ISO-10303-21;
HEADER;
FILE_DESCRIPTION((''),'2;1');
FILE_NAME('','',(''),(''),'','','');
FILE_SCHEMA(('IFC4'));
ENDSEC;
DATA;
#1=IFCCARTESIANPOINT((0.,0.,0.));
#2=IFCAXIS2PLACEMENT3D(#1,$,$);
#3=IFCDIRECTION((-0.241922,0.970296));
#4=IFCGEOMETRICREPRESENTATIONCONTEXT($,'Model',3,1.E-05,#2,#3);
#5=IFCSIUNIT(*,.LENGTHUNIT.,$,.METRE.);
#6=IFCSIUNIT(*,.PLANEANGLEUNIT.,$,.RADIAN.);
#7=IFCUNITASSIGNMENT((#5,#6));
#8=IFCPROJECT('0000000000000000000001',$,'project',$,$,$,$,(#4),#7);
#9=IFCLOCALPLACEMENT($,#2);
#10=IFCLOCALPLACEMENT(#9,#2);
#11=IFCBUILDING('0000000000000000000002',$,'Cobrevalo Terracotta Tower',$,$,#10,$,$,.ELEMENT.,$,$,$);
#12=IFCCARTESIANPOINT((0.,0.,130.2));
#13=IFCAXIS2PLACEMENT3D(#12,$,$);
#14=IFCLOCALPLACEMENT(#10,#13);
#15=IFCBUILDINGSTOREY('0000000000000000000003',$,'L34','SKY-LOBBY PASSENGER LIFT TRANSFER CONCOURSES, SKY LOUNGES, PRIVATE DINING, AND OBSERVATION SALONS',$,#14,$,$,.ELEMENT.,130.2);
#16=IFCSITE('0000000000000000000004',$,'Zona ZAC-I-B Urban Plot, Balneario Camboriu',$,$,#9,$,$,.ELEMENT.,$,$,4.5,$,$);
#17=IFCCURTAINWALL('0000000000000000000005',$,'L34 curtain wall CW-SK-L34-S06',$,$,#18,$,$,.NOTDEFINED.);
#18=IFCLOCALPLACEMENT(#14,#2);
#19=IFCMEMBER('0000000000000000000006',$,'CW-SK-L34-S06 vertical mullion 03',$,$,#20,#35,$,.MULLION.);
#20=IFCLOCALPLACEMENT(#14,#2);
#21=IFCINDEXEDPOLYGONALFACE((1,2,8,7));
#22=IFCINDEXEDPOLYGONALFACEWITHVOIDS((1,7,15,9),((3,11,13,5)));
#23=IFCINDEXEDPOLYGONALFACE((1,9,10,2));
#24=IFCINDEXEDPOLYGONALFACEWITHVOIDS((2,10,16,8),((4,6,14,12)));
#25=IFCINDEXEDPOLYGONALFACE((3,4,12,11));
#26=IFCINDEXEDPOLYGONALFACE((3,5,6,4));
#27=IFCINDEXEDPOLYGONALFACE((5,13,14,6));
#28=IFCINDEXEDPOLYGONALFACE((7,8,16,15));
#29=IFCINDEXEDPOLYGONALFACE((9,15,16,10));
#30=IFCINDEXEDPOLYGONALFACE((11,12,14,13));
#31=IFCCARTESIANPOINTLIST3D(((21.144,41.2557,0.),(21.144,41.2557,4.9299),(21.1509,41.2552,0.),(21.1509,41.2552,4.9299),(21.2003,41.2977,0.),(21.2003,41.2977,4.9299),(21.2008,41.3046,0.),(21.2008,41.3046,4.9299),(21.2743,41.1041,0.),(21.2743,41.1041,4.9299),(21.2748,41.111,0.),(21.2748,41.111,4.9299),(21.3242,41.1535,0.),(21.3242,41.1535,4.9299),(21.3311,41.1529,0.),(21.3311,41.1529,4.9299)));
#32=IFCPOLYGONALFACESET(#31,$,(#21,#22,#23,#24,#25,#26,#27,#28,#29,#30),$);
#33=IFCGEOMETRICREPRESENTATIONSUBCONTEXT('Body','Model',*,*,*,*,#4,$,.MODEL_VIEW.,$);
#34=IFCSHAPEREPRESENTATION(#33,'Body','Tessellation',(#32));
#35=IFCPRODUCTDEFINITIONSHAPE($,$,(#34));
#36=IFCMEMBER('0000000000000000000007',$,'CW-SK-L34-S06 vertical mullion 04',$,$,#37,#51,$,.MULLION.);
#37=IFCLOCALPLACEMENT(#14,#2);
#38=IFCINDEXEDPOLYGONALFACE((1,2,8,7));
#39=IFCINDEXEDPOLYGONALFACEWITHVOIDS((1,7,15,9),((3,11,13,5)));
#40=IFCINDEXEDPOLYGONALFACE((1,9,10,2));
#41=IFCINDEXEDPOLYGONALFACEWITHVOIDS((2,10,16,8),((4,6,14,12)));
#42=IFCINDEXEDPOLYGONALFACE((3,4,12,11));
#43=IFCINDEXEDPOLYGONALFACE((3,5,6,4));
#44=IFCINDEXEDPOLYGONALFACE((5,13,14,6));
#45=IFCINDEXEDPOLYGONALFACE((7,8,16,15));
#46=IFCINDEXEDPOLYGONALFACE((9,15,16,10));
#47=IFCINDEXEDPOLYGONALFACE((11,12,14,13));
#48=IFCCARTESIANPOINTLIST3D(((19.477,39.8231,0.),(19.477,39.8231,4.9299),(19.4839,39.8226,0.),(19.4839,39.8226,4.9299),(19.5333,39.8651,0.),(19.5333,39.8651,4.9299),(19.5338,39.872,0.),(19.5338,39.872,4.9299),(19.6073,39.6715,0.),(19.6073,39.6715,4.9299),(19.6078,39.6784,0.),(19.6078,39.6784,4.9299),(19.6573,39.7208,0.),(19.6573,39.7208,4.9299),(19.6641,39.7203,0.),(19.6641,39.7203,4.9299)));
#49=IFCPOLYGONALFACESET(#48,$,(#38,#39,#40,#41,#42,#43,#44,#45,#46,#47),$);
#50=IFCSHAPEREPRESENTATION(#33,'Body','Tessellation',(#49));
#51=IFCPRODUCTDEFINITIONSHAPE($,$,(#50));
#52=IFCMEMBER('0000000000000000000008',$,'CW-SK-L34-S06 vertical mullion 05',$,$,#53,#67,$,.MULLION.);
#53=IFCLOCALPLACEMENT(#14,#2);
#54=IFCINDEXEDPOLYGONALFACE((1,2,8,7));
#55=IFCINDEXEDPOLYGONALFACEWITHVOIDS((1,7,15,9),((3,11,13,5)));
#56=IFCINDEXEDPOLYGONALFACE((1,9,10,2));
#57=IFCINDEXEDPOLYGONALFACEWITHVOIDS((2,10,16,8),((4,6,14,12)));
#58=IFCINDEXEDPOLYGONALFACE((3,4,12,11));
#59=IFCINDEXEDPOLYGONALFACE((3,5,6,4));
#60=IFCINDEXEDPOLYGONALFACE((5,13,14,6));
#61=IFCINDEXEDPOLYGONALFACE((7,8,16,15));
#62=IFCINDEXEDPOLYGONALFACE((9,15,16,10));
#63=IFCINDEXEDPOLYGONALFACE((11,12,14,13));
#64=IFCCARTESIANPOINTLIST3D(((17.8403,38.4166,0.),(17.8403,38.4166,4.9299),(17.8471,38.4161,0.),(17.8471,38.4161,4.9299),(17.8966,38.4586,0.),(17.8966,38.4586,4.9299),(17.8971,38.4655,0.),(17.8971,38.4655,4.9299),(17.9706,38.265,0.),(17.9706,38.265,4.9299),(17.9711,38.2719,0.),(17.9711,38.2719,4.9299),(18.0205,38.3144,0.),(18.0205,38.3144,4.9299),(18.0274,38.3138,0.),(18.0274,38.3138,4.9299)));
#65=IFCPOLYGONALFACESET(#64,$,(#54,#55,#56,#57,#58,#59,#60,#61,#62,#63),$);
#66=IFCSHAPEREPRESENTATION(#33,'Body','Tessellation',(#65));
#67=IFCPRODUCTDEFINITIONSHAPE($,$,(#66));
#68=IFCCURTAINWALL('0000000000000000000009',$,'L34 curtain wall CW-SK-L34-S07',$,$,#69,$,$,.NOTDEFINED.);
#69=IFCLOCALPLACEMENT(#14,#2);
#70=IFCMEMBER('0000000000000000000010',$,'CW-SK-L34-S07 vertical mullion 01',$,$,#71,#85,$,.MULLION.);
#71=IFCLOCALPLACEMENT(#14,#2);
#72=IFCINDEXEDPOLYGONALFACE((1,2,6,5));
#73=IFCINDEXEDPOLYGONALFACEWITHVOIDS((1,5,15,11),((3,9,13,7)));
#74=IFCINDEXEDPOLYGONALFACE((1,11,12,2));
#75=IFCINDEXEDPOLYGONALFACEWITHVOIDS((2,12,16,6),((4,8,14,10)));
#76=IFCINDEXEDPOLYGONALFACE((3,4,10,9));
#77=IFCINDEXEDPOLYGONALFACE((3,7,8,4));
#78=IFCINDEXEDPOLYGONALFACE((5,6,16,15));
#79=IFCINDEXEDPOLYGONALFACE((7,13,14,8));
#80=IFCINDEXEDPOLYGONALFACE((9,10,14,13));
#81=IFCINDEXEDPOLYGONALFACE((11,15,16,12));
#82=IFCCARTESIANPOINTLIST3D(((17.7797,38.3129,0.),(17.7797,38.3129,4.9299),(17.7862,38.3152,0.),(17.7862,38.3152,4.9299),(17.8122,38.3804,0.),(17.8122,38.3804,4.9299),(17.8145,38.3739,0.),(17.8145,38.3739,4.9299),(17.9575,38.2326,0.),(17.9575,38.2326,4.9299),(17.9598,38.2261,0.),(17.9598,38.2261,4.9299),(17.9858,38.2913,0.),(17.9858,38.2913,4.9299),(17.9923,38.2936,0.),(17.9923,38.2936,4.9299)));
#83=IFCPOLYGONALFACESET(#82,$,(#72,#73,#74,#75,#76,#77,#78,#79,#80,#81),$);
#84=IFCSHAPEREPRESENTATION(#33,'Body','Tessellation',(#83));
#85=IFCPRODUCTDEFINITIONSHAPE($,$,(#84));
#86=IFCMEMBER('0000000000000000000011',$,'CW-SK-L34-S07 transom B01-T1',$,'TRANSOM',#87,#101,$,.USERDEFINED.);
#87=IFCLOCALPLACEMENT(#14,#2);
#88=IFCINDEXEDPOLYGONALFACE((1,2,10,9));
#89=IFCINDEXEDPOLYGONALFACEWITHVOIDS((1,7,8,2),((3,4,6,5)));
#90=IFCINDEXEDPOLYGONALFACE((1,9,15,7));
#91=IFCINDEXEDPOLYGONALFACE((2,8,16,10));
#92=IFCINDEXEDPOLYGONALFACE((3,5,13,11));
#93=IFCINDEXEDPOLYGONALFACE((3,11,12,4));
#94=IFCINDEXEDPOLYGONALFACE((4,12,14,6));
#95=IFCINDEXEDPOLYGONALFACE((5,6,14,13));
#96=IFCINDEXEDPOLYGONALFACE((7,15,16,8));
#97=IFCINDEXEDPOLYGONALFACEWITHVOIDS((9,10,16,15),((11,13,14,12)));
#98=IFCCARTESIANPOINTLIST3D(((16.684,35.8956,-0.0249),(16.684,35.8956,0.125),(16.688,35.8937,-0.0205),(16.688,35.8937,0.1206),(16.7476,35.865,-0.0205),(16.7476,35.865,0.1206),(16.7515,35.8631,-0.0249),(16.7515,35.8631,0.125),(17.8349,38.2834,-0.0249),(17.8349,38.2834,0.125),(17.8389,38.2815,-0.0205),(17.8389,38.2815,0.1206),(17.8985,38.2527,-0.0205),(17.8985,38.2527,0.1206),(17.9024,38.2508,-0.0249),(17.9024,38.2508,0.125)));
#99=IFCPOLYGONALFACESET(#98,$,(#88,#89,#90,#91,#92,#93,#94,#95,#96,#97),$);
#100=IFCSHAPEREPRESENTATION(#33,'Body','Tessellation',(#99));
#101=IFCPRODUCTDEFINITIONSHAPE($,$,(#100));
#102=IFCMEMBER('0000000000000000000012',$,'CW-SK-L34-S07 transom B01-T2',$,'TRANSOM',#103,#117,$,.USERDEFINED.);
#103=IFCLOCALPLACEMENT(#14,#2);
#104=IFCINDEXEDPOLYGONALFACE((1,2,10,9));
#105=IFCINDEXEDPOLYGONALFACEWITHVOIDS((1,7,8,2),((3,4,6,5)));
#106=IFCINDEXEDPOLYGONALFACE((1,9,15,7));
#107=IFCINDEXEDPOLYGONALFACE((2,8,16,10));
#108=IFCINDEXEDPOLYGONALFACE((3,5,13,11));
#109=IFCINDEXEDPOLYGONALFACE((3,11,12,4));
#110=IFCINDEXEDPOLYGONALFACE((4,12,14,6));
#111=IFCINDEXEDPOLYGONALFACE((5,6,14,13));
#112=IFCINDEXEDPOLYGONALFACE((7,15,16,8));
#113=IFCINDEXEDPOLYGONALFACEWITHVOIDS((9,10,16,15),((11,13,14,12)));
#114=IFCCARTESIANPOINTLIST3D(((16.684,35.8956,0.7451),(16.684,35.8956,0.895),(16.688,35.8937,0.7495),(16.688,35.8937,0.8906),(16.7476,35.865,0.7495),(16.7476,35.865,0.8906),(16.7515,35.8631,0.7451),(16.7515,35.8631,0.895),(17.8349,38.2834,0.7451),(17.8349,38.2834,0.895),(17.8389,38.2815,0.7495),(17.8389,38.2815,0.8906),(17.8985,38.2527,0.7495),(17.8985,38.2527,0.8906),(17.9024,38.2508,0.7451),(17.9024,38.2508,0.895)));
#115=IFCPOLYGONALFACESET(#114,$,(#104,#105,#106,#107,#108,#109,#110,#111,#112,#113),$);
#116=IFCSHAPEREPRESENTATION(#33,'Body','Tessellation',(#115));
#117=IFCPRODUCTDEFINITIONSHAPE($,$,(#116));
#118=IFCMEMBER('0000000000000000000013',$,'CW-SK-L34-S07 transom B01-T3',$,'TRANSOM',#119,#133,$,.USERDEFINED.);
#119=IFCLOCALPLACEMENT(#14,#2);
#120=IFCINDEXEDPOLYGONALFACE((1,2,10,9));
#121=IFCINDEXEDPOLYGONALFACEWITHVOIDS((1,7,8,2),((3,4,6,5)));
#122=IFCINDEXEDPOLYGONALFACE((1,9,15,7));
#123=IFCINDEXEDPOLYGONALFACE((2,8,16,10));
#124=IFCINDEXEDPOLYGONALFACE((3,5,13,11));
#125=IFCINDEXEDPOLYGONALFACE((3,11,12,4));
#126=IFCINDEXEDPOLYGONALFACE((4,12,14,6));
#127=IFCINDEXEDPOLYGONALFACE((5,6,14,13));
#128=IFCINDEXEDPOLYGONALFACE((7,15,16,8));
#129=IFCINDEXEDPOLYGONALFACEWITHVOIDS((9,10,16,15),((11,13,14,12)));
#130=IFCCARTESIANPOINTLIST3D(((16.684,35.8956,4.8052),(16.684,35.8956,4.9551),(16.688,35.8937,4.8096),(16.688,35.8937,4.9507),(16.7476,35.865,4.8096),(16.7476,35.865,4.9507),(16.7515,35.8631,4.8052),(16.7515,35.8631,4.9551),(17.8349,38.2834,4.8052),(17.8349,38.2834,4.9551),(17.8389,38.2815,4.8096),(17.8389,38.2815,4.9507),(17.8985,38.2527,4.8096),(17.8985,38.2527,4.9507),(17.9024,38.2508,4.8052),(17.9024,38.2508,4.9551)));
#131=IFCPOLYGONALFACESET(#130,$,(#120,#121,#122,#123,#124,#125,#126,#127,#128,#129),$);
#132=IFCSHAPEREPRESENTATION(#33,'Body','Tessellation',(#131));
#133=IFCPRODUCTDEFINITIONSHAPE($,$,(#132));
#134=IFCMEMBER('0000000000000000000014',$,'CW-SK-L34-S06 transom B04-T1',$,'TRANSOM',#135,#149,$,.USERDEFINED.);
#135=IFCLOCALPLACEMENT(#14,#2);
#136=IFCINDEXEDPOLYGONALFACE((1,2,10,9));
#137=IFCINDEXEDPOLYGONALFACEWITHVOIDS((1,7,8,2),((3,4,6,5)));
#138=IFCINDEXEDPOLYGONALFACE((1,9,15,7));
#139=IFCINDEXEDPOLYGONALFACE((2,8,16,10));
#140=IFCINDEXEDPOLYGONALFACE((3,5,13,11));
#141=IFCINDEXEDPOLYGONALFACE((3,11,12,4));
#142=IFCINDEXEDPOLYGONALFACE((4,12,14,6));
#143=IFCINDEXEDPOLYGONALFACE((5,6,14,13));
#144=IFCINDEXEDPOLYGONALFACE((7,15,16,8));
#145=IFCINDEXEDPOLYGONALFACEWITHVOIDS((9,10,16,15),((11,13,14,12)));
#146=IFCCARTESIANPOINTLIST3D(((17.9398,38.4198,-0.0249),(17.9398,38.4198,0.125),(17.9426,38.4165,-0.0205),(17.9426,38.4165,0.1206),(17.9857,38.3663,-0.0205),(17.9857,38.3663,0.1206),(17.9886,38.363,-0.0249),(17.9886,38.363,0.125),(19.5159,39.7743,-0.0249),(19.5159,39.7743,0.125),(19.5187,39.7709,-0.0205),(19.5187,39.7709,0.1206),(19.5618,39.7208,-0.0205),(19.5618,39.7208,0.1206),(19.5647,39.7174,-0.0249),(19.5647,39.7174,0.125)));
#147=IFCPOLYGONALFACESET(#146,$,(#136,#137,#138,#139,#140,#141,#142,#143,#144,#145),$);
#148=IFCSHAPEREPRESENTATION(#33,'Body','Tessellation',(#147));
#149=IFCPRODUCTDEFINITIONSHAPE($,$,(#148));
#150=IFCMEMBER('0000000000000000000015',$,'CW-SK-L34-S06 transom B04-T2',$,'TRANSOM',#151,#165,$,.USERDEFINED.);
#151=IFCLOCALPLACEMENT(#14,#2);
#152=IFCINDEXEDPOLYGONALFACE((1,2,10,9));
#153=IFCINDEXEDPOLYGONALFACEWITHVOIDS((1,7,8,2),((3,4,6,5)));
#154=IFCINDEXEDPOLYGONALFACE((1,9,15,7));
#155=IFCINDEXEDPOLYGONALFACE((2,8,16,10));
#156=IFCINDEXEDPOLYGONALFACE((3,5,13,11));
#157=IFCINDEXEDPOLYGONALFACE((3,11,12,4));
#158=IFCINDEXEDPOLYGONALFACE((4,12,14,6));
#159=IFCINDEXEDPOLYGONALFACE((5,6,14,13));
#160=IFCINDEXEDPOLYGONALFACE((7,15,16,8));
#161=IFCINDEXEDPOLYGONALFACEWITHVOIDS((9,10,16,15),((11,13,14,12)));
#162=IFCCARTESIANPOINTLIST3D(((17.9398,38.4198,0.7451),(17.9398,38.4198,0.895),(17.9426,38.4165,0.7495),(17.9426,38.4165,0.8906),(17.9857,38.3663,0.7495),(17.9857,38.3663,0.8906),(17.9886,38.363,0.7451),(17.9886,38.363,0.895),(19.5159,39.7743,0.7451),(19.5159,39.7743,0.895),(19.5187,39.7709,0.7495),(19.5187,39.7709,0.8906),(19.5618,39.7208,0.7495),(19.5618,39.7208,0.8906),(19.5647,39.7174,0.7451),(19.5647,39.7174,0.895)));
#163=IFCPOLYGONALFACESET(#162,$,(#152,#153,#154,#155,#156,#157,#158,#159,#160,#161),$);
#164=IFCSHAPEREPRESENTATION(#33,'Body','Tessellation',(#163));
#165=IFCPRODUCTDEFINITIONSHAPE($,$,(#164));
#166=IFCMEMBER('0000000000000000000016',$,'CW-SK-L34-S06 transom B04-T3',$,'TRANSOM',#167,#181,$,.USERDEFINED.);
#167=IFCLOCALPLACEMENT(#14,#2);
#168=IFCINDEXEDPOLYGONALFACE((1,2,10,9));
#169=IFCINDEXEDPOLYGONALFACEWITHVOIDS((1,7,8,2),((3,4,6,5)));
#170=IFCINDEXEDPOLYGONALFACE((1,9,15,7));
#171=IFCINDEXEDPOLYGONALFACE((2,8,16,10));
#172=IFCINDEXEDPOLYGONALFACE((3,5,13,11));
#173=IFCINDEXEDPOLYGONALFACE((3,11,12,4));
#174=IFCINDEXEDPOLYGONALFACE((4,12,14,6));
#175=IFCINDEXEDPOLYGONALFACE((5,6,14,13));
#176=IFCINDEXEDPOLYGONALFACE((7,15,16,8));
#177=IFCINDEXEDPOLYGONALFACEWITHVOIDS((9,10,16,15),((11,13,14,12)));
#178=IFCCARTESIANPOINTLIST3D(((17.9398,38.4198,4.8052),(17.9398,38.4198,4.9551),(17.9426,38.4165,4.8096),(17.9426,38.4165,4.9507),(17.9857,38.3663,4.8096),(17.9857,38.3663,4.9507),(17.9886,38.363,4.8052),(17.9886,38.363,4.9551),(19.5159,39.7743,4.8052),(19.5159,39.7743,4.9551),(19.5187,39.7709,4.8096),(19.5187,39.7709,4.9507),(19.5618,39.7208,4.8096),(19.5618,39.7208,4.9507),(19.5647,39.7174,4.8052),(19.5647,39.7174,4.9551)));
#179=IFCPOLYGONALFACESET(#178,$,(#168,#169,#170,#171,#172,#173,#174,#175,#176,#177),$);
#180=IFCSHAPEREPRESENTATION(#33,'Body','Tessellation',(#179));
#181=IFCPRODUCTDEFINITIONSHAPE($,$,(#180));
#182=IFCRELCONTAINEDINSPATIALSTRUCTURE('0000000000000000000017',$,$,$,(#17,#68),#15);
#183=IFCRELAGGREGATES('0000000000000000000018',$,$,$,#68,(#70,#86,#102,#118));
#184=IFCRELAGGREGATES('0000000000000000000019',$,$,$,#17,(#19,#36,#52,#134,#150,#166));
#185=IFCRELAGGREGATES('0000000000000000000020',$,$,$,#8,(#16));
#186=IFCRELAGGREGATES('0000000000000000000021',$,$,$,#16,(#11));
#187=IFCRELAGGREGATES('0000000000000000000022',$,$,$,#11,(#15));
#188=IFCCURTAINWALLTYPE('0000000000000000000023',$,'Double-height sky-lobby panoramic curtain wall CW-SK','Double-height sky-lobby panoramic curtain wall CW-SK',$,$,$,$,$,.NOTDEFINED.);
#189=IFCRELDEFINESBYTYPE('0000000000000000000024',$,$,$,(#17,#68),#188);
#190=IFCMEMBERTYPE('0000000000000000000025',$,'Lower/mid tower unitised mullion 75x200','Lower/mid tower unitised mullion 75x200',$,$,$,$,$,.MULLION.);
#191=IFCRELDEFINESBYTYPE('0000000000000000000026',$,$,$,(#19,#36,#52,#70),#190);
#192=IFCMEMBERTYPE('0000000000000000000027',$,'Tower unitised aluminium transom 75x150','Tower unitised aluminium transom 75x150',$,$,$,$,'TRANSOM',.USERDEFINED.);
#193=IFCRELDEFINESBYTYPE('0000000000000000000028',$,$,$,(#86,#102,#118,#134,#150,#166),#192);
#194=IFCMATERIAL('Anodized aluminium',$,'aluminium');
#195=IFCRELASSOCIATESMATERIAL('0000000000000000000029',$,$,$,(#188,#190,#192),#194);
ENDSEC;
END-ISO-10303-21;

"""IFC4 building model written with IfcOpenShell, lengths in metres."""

from ifc_helpers import new_model, si_unit, direction, frame, origin, origin_2d, place, context, subcontext, project, spatial, hollow_rectangle, extrude, source, transform, mapped, material, material_profile, profile_set, type_object, element, aggregate, save


model = new_model("IFC4")

# Units and contexts
model_context = context("Model", 3, precision=1e-05, world=origin(), true_north=direction((-0.241922, 0.970296)))
body_context = subcontext(model_context, "Body", "Model", "MODEL_VIEW")
ifc_project = project(units=[si_unit("LENGTHUNIT", "METRE"), si_unit("PLANEANGLEUNIT", "RADIAN")], contexts=[model_context])

# Site, building, storey
site_placement = place(None, origin())
site = spatial("IfcSite", under=ifc_project, at=site_placement, Name="Zona ZAC-I-B Urban Plot, Balneario Camboriu", CompositionType="ELEMENT", RefElevation=4.5)
building_placement = place(site_placement, origin())
building = spatial("IfcBuilding", under=site, at=building_placement, Name="Cobrevalo Terracotta Tower", CompositionType="ELEMENT")
storey_placement = place(building_placement, frame((0.0, 0.0, 130.2)))
storey = spatial("IfcBuildingStorey", under=building, at=storey_placement, Name="L34", Description="SKY-LOBBY PASSENGER LIFT TRANSFER CONCOURSES, SKY LOUNGES, PRIVATE DINING, AND OBSERVATION SALONS", CompositionType="ELEMENT", Elevation=130.2)

# Curtain walls, members
ifc_material_1 = material(Name="Anodized aluminium", Category="aluminium")
curtain_wall_type = type_object("IfcCurtainWallType", Name="Double-height sky-lobby panoramic curtain wall CW-SK", Description="Double-height sky-lobby panoramic curtain wall CW-SK", PredefinedType="NOTDEFINED", material=ifc_material_1)
curtain_wall_1_placement = place(storey_placement, origin())
curtain_wall_1 = element("IfcCurtainWall", 1, at=curtain_wall_1_placement, inside=storey, type_object=curtain_wall_type, Name="L34 curtain wall CW-SK-L34-S06", PredefinedType="NOTDEFINED")
ifc_material_profile_1 = material_profile(ifc_material_1, hollow_rectangle(XDim=0.075, YDim=0.2, WallThickness=0.0049, at=origin_2d()), Name="CWM 75x200")
ifc_profile_set_1 = profile_set([ifc_material_profile_1], Name="Anodized aluminium")
member_type_1 = type_object("IfcMemberType", Name="Lower/mid tower unitised mullion 75x200", Description="Lower/mid tower unitised mullion 75x200", PredefinedType="MULLION", material=ifc_profile_set_1)
shared_shape_1 = source(origin(), body_context, "Body", "SweptSolid", [
    extrude(hollow_rectangle(XDim=0.075, YDim=0.2, WallThickness=0.0049, at=origin_2d()), origin(), (0.0, 0.0, 1.0), 4.9299),
])
member_1_placement = place(storey_placement, frame((21.2375, 41.2043, 0.0), z_axis=(0.0, 0.0, 1.0), x_axis=(-0.758442, -0.651741, 0.0)))
member_1 = element("IfcMember", 2, at=member_1_placement, type_object=member_type_1, Name="CW-SK-L34-S06 vertical mullion 03", PredefinedType="MULLION", context=body_context, shape_type="MappedRepresentation", body=[
    mapped(shared_shape_1, transform((0.0, 0.0, 0.0), scale=1.0)),
])
member_2_placement = place(storey_placement, frame((19.5706, 39.7717, 0.0), z_axis=(0.0, 0.0, 1.0), x_axis=(-0.758442, -0.651741, 0.0)))
member_2 = element("IfcMember", 3, at=member_2_placement, type_object=member_type_1, Name="CW-SK-L34-S06 vertical mullion 04", PredefinedType="MULLION", context=body_context, shape_type="MappedRepresentation", body=[
    mapped(shared_shape_1, transform((0.0, 0.0, 0.0), scale=1.0)),
])
member_3_placement = place(storey_placement, frame((17.9338, 38.3652, 0.0), z_axis=(0.0, 0.0, 1.0), x_axis=(-0.758442, -0.651741, 0.0)))
member_3 = element("IfcMember", 4, at=member_3_placement, type_object=member_type_1, Name="CW-SK-L34-S06 vertical mullion 05", PredefinedType="MULLION", context=body_context, shape_type="MappedRepresentation", body=[
    mapped(shared_shape_1, transform((0.0, 0.0, 0.0), scale=1.0)),
])
curtain_wall_2_placement = place(storey_placement, origin())
curtain_wall_2 = element("IfcCurtainWall", 5, at=curtain_wall_2_placement, inside=storey, type_object=curtain_wall_type, Name="L34 curtain wall CW-SK-L34-S07", PredefinedType="NOTDEFINED")
member_4_placement = place(storey_placement, frame((17.886, 38.3032, 0.0), z_axis=(0.0, 0.0, 1.0), x_axis=(-0.434209, -0.900812, 0.0)))
member_4 = element("IfcMember", 6, at=member_4_placement, type_object=member_type_1, Name="CW-SK-L34-S07 vertical mullion 01", PredefinedType="MULLION", context=body_context, shape_type="MappedRepresentation", body=[
    mapped(shared_shape_1, transform((0.0, 0.0, 0.0), scale=1.0)),
])
ifc_material_profile_2 = material_profile(ifc_material_1, hollow_rectangle(XDim=0.075, YDim=0.1499, WallThickness=0.0044, at=origin_2d()), Name="CWT 75x150")
ifc_profile_set_2 = profile_set([ifc_material_profile_2], Name="Anodized aluminium")
member_type_2 = type_object("IfcMemberType", Name="Tower unitised aluminium transom 75x150", Description="Tower unitised aluminium transom 75x150", ElementType="TRANSOM", PredefinedType="USERDEFINED", material=ifc_profile_set_2)
shared_shape_2 = source(origin(), body_context, "Body", "SweptSolid", [
    extrude(hollow_rectangle(XDim=0.075, YDim=0.1499, WallThickness=0.0044, at=origin_2d()), origin(), (0.0, 0.0, 1.0), 2.6506),
])
member_5_placement = place(storey_placement, frame((17.8687, 38.2671, 0.05), z_axis=(-0.434198, -0.900818, 0.0), x_axis=(0.900818, -0.434198, 0.0)))
member_5 = element("IfcMember", 7, at=member_5_placement, type_object=member_type_2, Name="CW-SK-L34-S07 transom B01-T1", ObjectType="TRANSOM", PredefinedType="USERDEFINED", context=body_context, shape_type="MappedRepresentation", body=[
    mapped(shared_shape_2, transform((0.0, 0.0, 0.0), scale=1.0)),
])
member_6_placement = place(storey_placement, frame((17.8687, 38.2671, 0.8201), z_axis=(-0.434198, -0.900818, 0.0), x_axis=(0.900818, -0.434198, 0.0)))
member_6 = element("IfcMember", 8, at=member_6_placement, type_object=member_type_2, Name="CW-SK-L34-S07 transom B01-T2", ObjectType="TRANSOM", PredefinedType="USERDEFINED", context=body_context, shape_type="MappedRepresentation", body=[
    mapped(shared_shape_2, transform((0.0, 0.0, 0.0), scale=1.0)),
])
member_7_placement = place(storey_placement, frame((17.8687, 38.2671, 4.8801), z_axis=(-0.434198, -0.900818, 0.0), x_axis=(0.900818, -0.434198, 0.0)))
member_7 = element("IfcMember", 9, at=member_7_placement, type_object=member_type_2, Name="CW-SK-L34-S07 transom B01-T3", ObjectType="TRANSOM", PredefinedType="USERDEFINED", context=body_context, shape_type="MappedRepresentation", body=[
    mapped(shared_shape_2, transform((0.0, 0.0, 0.0), scale=1.0)),
])

# Members
shared_shape_3 = source(origin(), body_context, "Body", "SweptSolid", [
    extrude(hollow_rectangle(XDim=0.075, YDim=0.1499, WallThickness=0.0044, at=origin_2d()), origin(), (0.0, 0.0, 1.0), 2.0781),
])
member_8_placement = place(storey_placement, frame((19.5403, 39.7458, 0.05), z_axis=(-0.758427, -0.651758, 0.0), x_axis=(0.651758, -0.758427, 0.0)))
member_8 = element("IfcMember", 10, at=member_8_placement, type_object=member_type_2, Name="CW-SK-L34-S06 transom B04-T1", ObjectType="TRANSOM", PredefinedType="USERDEFINED", context=body_context, shape_type="MappedRepresentation", body=[
    mapped(shared_shape_3, transform((0.0, 0.0, 0.0), scale=1.0)),
])
member_9_placement = place(storey_placement, frame((19.5403, 39.7458, 0.8201), z_axis=(-0.758427, -0.651758, 0.0), x_axis=(0.651758, -0.758427, 0.0)))
member_9 = element("IfcMember", 11, at=member_9_placement, type_object=member_type_2, Name="CW-SK-L34-S06 transom B04-T2", ObjectType="TRANSOM", PredefinedType="USERDEFINED", context=body_context, shape_type="MappedRepresentation", body=[
    mapped(shared_shape_3, transform((0.0, 0.0, 0.0), scale=1.0)),
])
member_10_placement = place(storey_placement, frame((19.5403, 39.7458, 4.8801), z_axis=(-0.758427, -0.651758, 0.0), x_axis=(0.651758, -0.758427, 0.0)))
member_10 = element("IfcMember", 12, at=member_10_placement, type_object=member_type_2, Name="CW-SK-L34-S06 transom B04-T3", ObjectType="TRANSOM", PredefinedType="USERDEFINED", context=body_context, shape_type="MappedRepresentation", body=[
    mapped(shared_shape_3, transform((0.0, 0.0, 0.0), scale=1.0)),
])

aggregate(curtain_wall_2, [member_4, member_5, member_6, member_7])
aggregate(curtain_wall_1, [member_1, member_2, member_3, member_8, member_9, member_10])

save(model, "model.ifc")
